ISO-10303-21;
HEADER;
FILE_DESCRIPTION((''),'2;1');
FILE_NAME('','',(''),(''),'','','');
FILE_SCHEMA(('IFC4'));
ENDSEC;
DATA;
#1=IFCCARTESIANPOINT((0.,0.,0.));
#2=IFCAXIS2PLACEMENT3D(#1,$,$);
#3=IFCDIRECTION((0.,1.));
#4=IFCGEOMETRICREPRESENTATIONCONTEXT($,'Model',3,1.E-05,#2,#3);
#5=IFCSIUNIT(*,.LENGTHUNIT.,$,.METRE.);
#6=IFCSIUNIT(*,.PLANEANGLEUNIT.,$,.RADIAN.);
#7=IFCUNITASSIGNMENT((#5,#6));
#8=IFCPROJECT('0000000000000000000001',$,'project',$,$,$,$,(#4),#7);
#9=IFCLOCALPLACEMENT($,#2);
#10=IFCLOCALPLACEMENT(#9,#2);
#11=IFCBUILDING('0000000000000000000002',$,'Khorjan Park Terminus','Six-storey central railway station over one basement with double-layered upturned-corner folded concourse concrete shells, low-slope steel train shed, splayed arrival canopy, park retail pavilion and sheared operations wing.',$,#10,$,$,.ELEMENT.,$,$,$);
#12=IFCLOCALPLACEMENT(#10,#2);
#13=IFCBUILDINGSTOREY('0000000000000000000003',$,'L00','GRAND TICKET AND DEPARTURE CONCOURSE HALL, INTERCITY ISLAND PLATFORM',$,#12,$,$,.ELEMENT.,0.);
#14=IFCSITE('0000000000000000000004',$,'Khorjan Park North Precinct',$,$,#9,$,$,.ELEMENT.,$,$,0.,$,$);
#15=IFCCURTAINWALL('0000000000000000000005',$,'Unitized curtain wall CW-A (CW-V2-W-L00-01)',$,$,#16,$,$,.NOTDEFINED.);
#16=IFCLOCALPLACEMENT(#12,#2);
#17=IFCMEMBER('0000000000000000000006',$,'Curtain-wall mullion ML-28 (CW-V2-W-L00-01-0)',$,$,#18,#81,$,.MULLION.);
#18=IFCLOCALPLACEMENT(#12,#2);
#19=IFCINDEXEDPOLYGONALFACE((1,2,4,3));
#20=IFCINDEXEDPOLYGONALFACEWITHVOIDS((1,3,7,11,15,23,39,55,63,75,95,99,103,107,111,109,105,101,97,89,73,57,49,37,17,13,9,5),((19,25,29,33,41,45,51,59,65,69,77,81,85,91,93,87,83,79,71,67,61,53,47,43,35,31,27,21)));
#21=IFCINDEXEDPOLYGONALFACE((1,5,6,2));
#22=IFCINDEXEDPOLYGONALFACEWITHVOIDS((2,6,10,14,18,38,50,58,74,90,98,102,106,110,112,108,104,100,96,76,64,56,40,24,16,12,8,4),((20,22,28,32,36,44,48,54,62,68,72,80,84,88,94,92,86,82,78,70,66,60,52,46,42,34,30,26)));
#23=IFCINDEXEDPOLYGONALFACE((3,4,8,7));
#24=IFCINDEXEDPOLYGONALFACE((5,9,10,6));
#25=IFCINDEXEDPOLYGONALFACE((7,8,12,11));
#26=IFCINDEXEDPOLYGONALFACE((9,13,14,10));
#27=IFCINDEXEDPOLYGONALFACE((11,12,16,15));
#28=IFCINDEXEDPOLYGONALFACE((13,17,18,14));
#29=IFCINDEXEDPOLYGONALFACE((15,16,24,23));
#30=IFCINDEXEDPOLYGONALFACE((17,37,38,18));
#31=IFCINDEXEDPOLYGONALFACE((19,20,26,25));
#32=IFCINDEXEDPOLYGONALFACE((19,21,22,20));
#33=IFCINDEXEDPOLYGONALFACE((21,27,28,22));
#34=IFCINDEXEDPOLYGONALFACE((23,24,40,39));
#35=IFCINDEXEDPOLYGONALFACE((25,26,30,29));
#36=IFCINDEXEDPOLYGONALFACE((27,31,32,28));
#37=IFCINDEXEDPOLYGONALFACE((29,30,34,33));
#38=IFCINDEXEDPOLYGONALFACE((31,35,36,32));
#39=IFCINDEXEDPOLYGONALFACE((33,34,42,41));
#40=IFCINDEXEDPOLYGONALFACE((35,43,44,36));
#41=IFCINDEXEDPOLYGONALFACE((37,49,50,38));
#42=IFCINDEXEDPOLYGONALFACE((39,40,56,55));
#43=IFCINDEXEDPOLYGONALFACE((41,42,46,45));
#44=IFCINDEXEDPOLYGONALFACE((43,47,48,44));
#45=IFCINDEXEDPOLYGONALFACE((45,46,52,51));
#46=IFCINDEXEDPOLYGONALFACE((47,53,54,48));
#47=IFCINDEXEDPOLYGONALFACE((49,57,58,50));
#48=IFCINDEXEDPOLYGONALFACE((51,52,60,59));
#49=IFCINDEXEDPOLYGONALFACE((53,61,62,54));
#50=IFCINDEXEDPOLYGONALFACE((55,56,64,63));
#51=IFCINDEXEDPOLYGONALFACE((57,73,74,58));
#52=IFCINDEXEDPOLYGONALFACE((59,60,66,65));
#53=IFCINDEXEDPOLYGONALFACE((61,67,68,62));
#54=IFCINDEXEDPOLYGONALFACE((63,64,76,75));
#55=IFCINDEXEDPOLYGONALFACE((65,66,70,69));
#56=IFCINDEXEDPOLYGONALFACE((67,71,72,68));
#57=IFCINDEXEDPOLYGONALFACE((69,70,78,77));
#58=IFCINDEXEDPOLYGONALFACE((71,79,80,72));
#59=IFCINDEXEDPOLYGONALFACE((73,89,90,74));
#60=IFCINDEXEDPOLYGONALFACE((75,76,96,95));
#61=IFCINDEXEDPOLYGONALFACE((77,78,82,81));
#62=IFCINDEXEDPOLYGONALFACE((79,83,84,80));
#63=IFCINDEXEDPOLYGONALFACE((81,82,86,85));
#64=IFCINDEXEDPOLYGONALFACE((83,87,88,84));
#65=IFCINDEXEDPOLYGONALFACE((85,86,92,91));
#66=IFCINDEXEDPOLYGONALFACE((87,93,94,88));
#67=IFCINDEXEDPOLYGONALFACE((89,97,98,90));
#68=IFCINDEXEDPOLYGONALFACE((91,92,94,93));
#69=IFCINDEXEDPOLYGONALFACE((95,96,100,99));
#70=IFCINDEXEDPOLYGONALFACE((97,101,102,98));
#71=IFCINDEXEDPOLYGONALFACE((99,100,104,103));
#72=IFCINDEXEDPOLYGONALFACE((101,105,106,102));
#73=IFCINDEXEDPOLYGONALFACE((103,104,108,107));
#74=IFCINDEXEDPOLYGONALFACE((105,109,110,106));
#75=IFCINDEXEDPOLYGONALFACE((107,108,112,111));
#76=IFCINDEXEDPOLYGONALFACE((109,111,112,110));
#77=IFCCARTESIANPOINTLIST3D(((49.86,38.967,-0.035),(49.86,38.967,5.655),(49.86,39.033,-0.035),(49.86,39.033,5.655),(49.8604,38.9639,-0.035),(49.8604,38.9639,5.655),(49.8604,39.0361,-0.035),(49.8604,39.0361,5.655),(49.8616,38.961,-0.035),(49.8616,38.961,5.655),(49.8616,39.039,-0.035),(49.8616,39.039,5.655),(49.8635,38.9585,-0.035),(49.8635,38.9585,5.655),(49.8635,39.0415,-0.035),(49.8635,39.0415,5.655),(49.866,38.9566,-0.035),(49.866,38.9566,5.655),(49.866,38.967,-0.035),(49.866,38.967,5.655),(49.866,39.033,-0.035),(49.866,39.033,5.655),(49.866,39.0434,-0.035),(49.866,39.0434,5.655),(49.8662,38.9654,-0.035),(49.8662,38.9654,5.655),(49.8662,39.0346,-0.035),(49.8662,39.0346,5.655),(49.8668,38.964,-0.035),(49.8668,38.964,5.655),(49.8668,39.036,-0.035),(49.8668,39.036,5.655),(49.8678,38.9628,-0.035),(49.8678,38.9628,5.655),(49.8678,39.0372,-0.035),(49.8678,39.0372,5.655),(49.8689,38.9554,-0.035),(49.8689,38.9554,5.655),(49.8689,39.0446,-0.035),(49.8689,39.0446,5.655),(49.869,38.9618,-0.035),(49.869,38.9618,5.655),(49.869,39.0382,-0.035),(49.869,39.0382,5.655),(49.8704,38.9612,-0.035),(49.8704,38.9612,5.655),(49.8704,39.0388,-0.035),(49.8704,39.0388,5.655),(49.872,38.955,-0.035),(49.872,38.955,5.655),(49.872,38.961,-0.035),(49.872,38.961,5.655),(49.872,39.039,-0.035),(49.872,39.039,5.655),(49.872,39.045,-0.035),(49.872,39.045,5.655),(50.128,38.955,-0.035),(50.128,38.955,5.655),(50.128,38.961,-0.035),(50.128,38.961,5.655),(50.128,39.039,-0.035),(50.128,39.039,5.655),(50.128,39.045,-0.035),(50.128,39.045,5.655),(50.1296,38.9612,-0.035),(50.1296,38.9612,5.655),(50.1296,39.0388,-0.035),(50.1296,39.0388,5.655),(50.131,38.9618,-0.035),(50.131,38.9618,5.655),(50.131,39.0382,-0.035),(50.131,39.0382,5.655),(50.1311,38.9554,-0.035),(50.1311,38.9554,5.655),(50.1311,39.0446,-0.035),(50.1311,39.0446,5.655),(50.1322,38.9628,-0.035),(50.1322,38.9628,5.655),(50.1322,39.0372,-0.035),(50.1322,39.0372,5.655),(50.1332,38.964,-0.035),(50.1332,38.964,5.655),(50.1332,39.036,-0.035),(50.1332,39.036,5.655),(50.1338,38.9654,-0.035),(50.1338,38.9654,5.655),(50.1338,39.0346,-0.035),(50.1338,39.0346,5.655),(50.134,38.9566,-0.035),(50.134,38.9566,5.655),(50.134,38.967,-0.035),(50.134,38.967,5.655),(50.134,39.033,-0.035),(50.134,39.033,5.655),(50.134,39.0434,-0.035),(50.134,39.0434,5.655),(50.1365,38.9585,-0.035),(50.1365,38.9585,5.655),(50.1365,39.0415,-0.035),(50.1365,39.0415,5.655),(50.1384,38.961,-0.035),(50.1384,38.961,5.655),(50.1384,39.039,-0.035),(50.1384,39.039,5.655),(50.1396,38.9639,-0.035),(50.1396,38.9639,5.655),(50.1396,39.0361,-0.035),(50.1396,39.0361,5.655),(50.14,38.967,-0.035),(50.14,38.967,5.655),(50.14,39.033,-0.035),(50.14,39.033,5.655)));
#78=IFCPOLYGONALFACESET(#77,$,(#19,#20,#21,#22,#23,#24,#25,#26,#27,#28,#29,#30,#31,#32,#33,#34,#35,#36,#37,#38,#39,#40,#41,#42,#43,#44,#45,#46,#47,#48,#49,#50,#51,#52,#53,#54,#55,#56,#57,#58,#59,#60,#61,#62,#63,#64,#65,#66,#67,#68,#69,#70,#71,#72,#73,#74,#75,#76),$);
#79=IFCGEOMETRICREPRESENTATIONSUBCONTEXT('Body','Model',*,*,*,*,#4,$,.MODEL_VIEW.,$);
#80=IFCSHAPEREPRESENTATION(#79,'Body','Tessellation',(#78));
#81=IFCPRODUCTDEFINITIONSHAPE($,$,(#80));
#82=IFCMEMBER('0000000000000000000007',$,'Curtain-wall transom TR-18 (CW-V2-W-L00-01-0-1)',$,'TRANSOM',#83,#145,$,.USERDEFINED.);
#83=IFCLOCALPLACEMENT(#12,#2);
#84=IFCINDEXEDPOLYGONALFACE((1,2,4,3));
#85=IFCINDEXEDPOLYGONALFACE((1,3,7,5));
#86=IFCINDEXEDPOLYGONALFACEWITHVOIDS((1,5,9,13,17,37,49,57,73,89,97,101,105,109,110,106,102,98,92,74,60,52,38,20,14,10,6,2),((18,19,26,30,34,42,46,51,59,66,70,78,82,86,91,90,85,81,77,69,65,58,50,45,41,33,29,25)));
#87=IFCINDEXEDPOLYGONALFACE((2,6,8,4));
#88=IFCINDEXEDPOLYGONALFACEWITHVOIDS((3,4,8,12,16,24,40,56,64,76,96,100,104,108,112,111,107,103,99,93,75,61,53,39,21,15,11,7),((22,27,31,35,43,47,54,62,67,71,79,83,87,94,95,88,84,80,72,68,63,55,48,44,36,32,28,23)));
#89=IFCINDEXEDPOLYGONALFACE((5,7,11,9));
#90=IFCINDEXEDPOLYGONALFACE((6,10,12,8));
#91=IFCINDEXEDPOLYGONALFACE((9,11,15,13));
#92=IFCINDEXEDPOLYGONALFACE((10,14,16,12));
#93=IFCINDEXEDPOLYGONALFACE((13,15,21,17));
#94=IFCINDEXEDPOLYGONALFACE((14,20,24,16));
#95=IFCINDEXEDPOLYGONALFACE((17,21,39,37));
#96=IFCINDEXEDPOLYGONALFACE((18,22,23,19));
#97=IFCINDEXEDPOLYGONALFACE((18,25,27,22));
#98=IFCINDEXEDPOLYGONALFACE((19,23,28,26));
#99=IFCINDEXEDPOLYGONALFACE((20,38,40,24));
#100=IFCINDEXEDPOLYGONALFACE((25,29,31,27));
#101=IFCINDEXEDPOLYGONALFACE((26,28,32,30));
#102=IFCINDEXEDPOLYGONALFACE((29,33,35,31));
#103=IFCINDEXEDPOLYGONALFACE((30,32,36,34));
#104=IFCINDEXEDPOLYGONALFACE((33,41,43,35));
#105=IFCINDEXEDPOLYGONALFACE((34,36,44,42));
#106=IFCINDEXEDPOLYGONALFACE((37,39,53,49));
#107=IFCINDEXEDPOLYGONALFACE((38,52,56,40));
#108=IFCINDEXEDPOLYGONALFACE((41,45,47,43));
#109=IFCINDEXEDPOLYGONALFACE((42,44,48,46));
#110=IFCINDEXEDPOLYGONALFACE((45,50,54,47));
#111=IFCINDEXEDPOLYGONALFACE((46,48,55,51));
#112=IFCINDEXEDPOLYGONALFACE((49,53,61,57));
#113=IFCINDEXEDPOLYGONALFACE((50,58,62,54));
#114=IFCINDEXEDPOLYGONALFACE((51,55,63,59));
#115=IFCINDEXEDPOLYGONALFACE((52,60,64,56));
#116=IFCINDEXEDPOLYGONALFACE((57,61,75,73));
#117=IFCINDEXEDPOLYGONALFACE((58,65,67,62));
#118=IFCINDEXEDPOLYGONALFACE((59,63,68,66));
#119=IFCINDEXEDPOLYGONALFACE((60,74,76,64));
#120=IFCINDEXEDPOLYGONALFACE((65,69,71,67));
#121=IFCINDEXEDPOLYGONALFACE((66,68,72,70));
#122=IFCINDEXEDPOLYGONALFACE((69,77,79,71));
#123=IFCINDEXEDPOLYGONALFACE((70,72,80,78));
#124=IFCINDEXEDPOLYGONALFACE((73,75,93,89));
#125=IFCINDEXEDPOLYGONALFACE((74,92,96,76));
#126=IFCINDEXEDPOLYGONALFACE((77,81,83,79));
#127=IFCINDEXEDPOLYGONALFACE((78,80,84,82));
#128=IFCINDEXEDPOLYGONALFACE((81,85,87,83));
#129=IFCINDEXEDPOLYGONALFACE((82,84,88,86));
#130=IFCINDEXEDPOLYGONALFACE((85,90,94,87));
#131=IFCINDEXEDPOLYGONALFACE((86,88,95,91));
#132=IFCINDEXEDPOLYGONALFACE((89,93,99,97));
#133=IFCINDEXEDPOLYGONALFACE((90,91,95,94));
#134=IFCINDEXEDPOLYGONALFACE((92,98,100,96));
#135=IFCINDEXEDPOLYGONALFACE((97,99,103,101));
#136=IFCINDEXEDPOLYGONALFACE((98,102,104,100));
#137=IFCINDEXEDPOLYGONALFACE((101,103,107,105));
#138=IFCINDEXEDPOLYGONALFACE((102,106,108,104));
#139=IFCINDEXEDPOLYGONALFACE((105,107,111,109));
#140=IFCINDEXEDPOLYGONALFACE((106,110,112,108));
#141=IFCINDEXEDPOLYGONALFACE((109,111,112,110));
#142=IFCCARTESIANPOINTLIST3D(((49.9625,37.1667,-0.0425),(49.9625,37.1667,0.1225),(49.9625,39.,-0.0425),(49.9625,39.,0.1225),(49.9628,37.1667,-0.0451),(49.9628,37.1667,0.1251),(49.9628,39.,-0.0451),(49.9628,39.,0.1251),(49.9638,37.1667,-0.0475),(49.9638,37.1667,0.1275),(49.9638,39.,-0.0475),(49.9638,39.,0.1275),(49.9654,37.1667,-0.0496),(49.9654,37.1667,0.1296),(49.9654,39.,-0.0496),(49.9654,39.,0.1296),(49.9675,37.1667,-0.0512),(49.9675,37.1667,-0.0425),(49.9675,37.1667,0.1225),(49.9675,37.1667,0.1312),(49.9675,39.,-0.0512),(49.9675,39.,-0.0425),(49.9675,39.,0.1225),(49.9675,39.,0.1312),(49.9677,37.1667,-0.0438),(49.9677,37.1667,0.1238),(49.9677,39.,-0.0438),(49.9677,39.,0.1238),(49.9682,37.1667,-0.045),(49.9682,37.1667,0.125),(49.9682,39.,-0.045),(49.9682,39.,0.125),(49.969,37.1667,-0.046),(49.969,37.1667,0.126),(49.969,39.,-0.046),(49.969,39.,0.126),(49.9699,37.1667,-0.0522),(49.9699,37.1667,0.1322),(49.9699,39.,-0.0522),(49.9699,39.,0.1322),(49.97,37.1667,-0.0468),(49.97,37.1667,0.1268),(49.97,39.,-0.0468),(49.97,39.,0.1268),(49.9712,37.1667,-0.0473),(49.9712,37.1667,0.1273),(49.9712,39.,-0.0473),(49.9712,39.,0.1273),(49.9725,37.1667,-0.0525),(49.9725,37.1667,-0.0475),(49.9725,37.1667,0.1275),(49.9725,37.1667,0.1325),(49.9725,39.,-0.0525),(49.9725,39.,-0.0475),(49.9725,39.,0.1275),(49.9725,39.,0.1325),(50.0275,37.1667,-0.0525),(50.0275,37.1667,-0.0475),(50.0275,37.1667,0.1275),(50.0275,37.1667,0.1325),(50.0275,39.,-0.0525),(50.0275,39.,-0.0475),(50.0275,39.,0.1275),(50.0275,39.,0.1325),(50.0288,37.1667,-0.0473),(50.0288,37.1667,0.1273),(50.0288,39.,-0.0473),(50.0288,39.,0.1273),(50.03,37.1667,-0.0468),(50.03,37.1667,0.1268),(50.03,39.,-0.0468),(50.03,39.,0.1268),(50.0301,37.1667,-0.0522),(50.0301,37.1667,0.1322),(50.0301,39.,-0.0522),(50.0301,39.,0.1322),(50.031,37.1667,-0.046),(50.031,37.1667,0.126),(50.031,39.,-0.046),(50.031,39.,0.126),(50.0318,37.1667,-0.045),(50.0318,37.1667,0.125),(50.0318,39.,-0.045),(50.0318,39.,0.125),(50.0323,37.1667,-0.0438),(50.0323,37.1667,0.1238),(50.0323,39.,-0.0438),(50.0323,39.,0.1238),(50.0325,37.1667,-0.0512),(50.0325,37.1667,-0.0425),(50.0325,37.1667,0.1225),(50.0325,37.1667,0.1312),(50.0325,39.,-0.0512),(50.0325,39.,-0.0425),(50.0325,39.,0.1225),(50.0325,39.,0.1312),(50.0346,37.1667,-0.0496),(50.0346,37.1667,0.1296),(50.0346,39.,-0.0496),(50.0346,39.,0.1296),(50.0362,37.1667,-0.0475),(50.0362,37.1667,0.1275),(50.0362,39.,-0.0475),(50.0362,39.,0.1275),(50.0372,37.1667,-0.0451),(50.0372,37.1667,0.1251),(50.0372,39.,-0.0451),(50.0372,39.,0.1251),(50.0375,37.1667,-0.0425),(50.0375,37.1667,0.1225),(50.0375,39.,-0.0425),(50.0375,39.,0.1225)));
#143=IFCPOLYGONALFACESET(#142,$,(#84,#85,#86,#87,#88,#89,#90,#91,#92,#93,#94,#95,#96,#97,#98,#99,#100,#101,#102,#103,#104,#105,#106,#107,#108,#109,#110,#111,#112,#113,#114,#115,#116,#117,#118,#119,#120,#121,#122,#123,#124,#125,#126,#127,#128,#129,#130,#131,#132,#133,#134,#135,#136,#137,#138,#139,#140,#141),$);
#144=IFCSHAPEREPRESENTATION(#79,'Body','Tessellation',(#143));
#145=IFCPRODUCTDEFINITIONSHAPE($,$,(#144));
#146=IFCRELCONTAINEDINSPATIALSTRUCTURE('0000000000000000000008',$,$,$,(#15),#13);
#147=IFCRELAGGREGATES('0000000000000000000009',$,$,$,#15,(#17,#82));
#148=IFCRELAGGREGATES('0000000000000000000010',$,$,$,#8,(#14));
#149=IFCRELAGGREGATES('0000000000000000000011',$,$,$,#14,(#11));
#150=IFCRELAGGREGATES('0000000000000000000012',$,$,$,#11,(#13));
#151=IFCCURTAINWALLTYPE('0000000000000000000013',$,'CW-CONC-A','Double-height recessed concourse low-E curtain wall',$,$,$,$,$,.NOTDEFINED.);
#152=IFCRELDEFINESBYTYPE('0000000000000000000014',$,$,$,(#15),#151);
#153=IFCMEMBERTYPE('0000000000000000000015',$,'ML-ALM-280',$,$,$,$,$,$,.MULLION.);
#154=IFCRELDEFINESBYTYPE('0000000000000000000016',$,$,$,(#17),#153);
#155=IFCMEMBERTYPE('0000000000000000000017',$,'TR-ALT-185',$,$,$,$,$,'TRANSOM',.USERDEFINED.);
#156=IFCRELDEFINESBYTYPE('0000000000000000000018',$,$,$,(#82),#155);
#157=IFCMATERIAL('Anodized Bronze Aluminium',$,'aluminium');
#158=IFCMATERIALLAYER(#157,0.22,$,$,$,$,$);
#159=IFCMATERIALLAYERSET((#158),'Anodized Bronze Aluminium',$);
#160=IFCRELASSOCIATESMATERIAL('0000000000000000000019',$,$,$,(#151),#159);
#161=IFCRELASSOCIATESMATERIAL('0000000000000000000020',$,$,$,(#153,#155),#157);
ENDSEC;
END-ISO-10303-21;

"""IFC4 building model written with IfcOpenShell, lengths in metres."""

from ifc_helpers import new_model, si_unit, direction, frame, origin, origin_2d, place, context, subcontext, project, spatial, hollow_rectangle, extrude, material, layer, layer_set, material_profile, profile_set, type_object, element, aggregate, save


model = new_model("IFC4")

# Units and contexts
model_context = context("Model", 3, precision=1e-05, world=origin(), true_north=direction((0.0, 1.0)))
body_context = subcontext(model_context, "Body", "Model", "MODEL_VIEW")
ifc_project = project(units=[si_unit("LENGTHUNIT", "METRE"), si_unit("PLANEANGLEUNIT", "RADIAN")], contexts=[model_context])

# Site, building, storey
site_placement = place(None, origin())
site = spatial("IfcSite", under=ifc_project, at=site_placement, Name="Khorjan Park North Precinct", CompositionType="ELEMENT", RefElevation=0.0)
building_placement = place(site_placement, origin())
building = spatial("IfcBuilding", under=site, at=building_placement, Name="Khorjan Park Terminus", Description="Six-storey central railway station over one basement with double-layered upturned-corner folded concourse concrete shells, low-slope steel train shed, splayed arrival canopy, park retail pavilion and sheared operations wing.", CompositionType="ELEMENT")
storey_placement = place(building_placement, origin())
storey = spatial("IfcBuildingStorey", under=building, at=storey_placement, Name="L00", Description="GRAND TICKET AND DEPARTURE CONCOURSE HALL, INTERCITY ISLAND PLATFORM", CompositionType="ELEMENT", Elevation=0.0)

# Curtain wall, members
ifc_material_1 = material(Name="Anodized Bronze Aluminium", Category="aluminium")
ifc_layer_1 = layer(ifc_material_1, 0.22)
ifc_layer_set_1 = layer_set([ifc_layer_1], Name="Anodized Bronze Aluminium")
curtain_wall_type = type_object("IfcCurtainWallType", Name="CW-CONC-A", Description="Double-height recessed concourse low-E curtain wall", PredefinedType="NOTDEFINED", material=ifc_layer_set_1)
curtain_wall_placement = place(storey_placement, origin())
curtain_wall = element("IfcCurtainWall", 1, at=curtain_wall_placement, inside=storey, type_object=curtain_wall_type, Name="Unitized curtain wall CW-A (CW-V2-W-L00-01)", PredefinedType="NOTDEFINED")
ifc_material_profile_1 = material_profile(ifc_material_1, hollow_rectangle(XDim=0.09, YDim=0.28, WallThickness=0.006, InnerFilletRadius=0.006, OuterFilletRadius=0.012, at=origin_2d()), Name="ALM 90x280x6")
ifc_profile_set_1 = profile_set([ifc_material_profile_1], Name="Anodized Bronze Aluminium")
member_type_1 = type_object("IfcMemberType", Name="ML-ALM-280", PredefinedType="MULLION", material=ifc_profile_set_1)
member_1_placement = place(storey_placement, frame((50.0, 39.0, -0.035), z_axis=(0.0, 0.0, 1.0), x_axis=(0.0, -1.0, 0.0)))
member_1 = element("IfcMember", 2, at=member_1_placement, type_object=member_type_1, Name="Curtain-wall mullion ML-28 (CW-V2-W-L00-01-0)", PredefinedType="MULLION", context=body_context, shape_type="SweptSolid", body=[
    extrude(hollow_rectangle(XDim=0.09, YDim=0.28, WallThickness=0.006, InnerFilletRadius=0.006, OuterFilletRadius=0.012, at=origin_2d()), origin(), (0.0, 0.0, 1.0), 5.69),
])
ifc_material_profile_2 = material_profile(ifc_material_1, hollow_rectangle(XDim=0.075, YDim=0.185, WallThickness=0.005, InnerFilletRadius=0.005, OuterFilletRadius=0.01, at=origin_2d()), Name="ALT 75x185x5")
ifc_profile_set_2 = profile_set([ifc_material_profile_2], Name="Anodized Bronze Aluminium")
member_type_2 = type_object("IfcMemberType", Name="TR-ALT-185", ElementType="TRANSOM", PredefinedType="USERDEFINED", material=ifc_profile_set_2)
member_2_placement = place(storey_placement, frame((50.0, 39.0, 0.04), z_axis=(0.0, -1.0, 0.0), x_axis=(1.0, 0.0, 0.0)))
member_2 = element("IfcMember", 3, at=member_2_placement, type_object=member_type_2, Name="Curtain-wall transom TR-18 (CW-V2-W-L00-01-0-1)", ObjectType="TRANSOM", PredefinedType="USERDEFINED", context=body_context, shape_type="SweptSolid", body=[
    extrude(hollow_rectangle(XDim=0.075, YDim=0.185, WallThickness=0.005, InnerFilletRadius=0.005, OuterFilletRadius=0.01, at=origin_2d()), origin(), (0.0, 0.0, 1.0), 1.8333),
])
aggregate(curtain_wall, [member_1, member_2])

save(model, "model.ifc")
